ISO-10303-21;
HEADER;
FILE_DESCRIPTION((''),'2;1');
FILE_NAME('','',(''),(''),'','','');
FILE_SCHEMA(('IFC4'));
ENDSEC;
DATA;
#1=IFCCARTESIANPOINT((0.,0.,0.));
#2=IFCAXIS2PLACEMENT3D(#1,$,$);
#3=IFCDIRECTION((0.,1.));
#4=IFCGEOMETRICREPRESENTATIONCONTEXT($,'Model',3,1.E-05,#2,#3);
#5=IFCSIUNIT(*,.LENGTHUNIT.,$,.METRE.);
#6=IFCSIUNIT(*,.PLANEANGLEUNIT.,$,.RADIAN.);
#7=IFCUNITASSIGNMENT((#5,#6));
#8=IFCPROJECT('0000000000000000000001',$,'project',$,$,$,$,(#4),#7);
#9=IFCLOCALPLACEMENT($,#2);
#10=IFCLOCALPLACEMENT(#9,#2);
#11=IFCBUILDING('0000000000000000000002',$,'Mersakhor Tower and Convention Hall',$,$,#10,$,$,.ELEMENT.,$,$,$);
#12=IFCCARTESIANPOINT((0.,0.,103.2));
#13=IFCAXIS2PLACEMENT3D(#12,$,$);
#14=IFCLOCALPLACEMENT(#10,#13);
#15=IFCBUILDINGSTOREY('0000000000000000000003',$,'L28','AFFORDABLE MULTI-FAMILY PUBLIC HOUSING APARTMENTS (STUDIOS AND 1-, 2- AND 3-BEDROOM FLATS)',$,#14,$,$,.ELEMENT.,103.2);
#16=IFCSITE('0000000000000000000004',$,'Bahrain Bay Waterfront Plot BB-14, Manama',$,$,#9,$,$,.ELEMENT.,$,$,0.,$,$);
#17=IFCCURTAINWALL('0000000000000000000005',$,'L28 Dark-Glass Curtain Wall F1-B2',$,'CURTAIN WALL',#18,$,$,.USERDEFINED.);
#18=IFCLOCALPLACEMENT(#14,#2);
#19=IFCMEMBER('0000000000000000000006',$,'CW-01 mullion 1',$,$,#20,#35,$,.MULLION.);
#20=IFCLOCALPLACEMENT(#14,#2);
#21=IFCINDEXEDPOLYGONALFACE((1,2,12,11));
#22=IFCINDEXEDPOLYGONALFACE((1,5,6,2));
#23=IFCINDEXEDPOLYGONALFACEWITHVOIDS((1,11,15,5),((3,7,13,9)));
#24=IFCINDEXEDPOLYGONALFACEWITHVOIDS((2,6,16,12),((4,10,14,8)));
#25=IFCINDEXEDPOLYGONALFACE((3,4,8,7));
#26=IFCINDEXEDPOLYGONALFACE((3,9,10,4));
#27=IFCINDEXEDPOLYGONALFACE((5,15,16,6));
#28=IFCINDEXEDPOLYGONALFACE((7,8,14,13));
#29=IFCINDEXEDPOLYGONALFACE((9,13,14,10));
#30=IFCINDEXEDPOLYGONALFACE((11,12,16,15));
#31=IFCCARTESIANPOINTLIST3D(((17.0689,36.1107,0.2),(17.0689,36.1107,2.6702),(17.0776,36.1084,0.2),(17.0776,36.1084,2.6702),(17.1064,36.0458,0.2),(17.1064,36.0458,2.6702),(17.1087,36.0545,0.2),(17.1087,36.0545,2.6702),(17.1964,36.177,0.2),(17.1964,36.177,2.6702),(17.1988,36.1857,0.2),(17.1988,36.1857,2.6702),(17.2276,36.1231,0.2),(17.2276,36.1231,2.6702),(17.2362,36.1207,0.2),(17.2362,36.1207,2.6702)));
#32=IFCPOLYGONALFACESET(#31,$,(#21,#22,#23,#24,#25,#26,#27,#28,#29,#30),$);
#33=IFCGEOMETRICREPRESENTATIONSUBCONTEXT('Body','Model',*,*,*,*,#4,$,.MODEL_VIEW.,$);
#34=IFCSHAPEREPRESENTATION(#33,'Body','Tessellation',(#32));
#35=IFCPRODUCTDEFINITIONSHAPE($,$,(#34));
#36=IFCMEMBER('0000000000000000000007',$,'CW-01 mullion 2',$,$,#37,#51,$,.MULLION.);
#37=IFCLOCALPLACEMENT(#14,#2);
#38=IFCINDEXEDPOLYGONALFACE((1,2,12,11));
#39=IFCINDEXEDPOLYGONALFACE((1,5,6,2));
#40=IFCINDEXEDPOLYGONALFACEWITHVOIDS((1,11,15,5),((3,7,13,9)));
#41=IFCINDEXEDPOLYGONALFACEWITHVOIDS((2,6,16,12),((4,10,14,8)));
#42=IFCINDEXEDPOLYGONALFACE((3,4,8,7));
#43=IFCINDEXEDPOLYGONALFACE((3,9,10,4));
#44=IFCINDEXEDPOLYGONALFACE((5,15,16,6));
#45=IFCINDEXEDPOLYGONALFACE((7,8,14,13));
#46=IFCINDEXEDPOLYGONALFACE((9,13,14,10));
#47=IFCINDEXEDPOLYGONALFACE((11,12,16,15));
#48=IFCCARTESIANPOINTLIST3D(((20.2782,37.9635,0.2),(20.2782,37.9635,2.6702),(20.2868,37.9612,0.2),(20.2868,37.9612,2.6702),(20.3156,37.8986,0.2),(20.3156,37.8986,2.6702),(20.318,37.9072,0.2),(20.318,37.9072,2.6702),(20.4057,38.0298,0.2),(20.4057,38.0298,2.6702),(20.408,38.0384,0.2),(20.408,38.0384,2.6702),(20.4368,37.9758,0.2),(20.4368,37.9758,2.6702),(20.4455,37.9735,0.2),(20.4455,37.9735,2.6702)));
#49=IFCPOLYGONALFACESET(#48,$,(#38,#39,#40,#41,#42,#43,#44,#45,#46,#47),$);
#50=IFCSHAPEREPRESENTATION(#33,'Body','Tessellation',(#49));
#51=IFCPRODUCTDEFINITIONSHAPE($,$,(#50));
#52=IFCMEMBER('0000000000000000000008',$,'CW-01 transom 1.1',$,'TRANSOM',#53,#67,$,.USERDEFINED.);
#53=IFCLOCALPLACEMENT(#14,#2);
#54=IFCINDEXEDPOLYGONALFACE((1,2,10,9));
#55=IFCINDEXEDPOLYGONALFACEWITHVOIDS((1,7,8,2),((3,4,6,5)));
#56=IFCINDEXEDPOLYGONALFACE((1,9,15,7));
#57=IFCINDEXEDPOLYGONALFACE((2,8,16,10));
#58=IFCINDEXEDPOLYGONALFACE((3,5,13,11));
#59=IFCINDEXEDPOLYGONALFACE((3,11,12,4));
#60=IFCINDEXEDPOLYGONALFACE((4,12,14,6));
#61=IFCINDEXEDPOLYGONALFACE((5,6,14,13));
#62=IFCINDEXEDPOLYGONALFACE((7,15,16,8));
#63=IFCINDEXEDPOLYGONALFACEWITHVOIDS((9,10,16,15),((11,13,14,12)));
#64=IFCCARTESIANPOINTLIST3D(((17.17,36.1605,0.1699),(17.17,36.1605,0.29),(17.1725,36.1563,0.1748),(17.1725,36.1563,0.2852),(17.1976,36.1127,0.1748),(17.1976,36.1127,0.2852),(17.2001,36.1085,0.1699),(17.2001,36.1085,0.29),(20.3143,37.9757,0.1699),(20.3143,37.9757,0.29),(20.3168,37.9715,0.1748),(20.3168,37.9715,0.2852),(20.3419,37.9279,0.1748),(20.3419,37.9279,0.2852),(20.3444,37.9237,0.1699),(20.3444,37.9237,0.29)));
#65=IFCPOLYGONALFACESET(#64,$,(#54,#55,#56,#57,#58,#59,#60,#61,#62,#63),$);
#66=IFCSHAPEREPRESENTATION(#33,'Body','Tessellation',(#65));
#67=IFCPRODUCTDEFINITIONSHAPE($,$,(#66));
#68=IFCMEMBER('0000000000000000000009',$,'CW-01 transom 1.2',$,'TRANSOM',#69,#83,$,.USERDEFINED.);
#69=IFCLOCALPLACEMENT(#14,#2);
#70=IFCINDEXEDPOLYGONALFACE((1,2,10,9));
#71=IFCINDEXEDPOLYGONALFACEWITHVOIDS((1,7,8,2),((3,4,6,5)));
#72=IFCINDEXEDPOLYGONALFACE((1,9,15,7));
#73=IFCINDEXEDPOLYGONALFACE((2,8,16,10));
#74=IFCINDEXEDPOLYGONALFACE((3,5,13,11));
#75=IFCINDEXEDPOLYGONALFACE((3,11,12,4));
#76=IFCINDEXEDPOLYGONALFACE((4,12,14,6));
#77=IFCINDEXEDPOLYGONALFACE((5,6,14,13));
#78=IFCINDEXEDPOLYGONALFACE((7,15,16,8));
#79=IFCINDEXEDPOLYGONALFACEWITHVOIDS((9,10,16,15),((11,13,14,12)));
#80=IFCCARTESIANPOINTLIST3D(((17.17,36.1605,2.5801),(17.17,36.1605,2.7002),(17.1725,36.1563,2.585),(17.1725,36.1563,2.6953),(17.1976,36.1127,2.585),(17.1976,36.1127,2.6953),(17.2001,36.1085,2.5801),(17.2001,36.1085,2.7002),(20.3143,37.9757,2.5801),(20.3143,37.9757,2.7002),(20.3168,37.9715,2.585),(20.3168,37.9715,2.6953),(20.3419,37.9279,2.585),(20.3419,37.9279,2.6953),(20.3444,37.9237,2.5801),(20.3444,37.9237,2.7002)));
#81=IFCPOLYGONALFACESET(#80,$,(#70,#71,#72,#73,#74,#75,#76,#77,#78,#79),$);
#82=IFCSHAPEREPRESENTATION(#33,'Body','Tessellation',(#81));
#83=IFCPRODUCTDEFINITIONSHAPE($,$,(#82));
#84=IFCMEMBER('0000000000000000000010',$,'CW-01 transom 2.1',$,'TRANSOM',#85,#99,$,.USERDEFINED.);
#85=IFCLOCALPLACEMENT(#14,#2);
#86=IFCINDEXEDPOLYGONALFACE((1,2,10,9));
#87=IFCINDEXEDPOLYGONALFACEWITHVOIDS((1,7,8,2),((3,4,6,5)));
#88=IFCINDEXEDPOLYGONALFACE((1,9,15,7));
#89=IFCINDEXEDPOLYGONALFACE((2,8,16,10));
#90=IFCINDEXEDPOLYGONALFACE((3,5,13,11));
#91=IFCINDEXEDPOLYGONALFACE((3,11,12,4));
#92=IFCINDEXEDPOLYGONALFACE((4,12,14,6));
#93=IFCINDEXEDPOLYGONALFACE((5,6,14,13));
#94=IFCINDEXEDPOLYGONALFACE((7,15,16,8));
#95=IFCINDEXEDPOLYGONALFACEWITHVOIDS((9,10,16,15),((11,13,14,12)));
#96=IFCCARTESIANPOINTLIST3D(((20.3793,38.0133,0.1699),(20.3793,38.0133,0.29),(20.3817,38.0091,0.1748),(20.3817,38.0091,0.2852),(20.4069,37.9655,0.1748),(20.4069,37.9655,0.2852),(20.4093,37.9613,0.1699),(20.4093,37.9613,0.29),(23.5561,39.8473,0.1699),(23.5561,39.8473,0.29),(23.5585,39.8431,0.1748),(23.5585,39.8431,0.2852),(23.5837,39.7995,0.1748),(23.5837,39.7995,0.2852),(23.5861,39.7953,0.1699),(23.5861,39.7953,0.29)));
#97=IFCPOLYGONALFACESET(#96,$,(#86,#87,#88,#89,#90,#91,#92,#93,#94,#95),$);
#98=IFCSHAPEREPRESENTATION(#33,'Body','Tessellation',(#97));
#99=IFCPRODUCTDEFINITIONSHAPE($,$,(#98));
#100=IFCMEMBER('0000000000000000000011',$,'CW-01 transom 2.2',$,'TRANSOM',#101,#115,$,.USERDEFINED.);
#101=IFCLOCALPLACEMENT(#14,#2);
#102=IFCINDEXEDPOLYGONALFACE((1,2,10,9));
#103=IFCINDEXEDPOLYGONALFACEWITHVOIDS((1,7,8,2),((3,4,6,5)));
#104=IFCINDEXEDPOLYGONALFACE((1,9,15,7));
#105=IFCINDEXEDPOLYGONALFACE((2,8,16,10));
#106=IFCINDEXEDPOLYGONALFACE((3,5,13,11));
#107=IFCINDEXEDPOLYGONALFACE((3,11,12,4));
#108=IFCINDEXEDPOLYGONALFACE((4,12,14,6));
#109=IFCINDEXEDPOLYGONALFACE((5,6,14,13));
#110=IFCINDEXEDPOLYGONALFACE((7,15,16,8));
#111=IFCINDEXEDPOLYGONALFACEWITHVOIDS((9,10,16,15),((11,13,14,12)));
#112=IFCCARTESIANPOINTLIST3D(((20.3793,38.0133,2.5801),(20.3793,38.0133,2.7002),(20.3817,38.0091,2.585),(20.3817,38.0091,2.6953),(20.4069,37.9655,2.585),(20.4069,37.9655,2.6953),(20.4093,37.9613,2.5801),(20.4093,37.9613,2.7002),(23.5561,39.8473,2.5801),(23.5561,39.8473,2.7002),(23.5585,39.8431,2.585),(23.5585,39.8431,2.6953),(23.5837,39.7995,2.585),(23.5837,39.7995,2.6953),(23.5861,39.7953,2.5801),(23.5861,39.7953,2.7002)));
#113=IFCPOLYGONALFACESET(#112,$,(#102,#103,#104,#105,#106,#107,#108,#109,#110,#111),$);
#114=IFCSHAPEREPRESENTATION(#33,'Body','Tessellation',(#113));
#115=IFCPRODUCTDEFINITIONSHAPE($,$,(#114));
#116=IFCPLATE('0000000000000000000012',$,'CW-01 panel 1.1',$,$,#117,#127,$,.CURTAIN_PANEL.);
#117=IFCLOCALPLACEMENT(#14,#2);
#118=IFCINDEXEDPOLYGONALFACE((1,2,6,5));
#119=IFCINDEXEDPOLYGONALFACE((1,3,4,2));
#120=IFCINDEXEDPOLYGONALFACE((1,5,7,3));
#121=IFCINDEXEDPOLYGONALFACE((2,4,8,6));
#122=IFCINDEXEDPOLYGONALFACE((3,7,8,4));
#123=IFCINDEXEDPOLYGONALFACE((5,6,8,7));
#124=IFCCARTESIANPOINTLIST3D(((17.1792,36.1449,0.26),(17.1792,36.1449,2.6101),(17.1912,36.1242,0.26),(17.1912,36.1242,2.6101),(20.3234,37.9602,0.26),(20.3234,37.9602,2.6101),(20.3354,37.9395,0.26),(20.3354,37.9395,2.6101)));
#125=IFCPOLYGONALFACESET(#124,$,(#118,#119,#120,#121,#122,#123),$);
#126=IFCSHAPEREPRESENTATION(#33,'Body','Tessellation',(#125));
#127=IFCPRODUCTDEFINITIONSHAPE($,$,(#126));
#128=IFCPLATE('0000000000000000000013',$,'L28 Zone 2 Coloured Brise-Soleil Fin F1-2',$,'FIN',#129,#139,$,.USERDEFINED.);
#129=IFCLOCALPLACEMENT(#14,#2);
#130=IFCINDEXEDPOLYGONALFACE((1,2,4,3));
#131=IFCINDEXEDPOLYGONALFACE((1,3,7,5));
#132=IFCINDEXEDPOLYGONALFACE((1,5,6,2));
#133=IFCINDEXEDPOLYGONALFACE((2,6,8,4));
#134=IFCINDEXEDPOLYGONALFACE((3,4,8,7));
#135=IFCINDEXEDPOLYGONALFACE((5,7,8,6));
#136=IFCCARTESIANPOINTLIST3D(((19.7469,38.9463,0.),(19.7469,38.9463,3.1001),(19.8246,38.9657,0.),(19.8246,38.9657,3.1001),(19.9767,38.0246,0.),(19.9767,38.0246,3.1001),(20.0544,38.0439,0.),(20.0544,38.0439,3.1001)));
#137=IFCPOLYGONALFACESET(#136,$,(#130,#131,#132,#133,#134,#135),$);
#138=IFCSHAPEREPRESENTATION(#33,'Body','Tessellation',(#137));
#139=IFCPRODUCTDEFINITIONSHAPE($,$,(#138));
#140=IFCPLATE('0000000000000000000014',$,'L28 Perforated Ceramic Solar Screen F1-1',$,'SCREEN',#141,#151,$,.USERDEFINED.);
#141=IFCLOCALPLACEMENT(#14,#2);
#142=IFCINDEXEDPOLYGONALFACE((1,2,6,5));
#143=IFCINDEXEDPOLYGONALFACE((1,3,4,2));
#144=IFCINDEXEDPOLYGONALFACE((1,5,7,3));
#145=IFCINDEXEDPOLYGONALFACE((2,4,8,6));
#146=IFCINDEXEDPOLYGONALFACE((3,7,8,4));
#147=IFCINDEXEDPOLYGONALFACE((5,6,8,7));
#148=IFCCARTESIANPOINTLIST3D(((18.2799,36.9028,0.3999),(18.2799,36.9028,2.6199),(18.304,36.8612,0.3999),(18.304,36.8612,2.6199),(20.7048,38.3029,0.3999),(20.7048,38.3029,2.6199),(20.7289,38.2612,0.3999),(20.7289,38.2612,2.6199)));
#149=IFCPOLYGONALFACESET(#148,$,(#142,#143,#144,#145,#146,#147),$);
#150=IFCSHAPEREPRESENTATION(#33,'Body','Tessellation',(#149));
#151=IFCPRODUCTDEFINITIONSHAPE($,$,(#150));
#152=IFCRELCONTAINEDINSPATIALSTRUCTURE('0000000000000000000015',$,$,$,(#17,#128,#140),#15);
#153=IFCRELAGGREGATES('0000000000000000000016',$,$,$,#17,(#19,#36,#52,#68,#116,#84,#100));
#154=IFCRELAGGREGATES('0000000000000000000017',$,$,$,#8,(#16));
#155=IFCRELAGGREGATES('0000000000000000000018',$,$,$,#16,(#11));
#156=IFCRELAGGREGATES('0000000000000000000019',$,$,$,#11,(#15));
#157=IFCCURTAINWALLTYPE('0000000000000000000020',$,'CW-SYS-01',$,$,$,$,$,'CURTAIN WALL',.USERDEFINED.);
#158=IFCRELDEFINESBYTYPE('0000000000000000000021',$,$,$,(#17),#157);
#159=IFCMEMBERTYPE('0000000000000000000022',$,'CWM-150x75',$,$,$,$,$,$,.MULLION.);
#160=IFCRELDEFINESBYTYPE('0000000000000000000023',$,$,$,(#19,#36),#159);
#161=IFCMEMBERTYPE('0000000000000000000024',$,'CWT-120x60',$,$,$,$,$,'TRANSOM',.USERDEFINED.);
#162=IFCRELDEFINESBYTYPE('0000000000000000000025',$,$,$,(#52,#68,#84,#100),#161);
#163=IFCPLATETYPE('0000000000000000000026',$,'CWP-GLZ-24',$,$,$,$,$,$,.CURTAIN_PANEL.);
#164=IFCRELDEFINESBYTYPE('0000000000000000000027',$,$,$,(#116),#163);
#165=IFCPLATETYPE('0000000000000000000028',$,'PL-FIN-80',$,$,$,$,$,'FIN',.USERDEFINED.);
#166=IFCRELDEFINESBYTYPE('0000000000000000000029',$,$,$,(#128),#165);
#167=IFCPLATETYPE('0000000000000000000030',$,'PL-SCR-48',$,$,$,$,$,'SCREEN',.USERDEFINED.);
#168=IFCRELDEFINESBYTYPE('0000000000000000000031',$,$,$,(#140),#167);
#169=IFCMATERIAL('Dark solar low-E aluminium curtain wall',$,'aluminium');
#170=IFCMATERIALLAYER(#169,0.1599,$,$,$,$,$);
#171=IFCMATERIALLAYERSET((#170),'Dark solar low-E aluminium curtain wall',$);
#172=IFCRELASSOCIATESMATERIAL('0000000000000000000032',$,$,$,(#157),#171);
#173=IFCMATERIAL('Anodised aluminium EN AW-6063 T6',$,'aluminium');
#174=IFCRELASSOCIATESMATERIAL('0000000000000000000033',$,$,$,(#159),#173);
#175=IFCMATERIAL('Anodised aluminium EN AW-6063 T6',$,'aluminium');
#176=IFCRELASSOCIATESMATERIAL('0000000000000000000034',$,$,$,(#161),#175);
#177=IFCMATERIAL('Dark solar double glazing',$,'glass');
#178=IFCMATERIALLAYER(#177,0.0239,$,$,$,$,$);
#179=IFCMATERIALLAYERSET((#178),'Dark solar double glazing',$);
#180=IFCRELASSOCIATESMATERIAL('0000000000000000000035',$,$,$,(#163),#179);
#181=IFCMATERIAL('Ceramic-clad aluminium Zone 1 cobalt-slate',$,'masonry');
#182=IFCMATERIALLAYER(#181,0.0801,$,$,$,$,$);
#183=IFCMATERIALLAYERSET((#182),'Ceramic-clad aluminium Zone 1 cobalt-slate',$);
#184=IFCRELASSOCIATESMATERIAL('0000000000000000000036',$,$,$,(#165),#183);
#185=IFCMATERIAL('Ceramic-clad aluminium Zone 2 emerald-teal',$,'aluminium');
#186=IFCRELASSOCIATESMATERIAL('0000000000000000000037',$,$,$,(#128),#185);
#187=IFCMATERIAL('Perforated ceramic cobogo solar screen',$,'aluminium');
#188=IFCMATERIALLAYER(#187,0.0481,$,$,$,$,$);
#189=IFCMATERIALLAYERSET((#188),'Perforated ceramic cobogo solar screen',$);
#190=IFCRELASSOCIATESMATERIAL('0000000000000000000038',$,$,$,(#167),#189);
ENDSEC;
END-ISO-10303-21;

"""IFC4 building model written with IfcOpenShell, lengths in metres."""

from ifc_helpers import new_model, si_unit, direction, frame, origin, origin_2d, place, context, subcontext, project, spatial, rectangle, hollow_rectangle, extrude, material, layer, layer_set, material_profile, profile_set, type_object, element, aggregate, save


model = new_model("IFC4")

# Units and contexts
model_context = context("Model", 3, precision=1e-05, world=origin(), true_north=direction((0.0, 1.0)))
body_context = subcontext(model_context, "Body", "Model", "MODEL_VIEW")
ifc_project = project(units=[si_unit("LENGTHUNIT", "METRE"), si_unit("PLANEANGLEUNIT", "RADIAN")], contexts=[model_context])

# Site, building, storey
site_placement = place(None, origin())
site = spatial("IfcSite", under=ifc_project, at=site_placement, Name="Bahrain Bay Waterfront Plot BB-14, Manama", CompositionType="ELEMENT", RefElevation=0.0)
building_placement = place(site_placement, origin())
building = spatial("IfcBuilding", under=site, at=building_placement, Name="Mersakhor Tower and Convention Hall", CompositionType="ELEMENT")
storey_placement = place(building_placement, frame((0.0, 0.0, 103.2)))
storey = spatial("IfcBuildingStorey", under=building, at=storey_placement, Name="L28", Description="AFFORDABLE MULTI-FAMILY PUBLIC HOUSING APARTMENTS (STUDIOS AND 1-, 2- AND 3-BEDROOM FLATS)", CompositionType="ELEMENT", Elevation=103.2)

# Curtain wall, members, plate
ifc_material_1 = material(Name="Dark solar low-E aluminium curtain wall", Category="aluminium")
ifc_layer_1 = layer(ifc_material_1, 0.1599)
ifc_layer_set_1 = layer_set([ifc_layer_1], Name="Dark solar low-E aluminium curtain wall")
curtain_wall_type = type_object("IfcCurtainWallType", Name="CW-SYS-01", ElementType="CURTAIN WALL", PredefinedType="USERDEFINED", material=ifc_layer_set_1)
curtain_wall_placement = place(storey_placement, origin())
curtain_wall = element("IfcCurtainWall", 1, at=curtain_wall_placement, inside=storey, type_object=curtain_wall_type, Name="L28 Dark-Glass Curtain Wall F1-B2", ObjectType="CURTAIN WALL", PredefinedType="USERDEFINED")
ifc_material_2 = material(Name="Anodised aluminium EN AW-6063 T6", Category="aluminium")
ifc_material_profile_1 = material_profile(ifc_material_2, hollow_rectangle(XDim=0.075, YDim=0.1499, WallThickness=0.0063, at=origin_2d()), Name="RHS 150x75x6.3")
ifc_profile_set_1 = profile_set([ifc_material_profile_1], Name="Anodised aluminium EN AW-6063 T6")
member_type_1 = type_object("IfcMemberType", Name="CWM-150x75", PredefinedType="MULLION", material=ifc_profile_set_1)
member_1_placement = place(storey_placement, frame((17.1526, 36.1157, 0.2), z_axis=(0.0, 0.0, 1.0), x_axis=(-0.499998, 0.866027, 0.0)))
member_1 = element("IfcMember", 2, at=member_1_placement, type_object=member_type_1, Name="CW-01 mullion 1", PredefinedType="MULLION", context=body_context, shape_type="SweptSolid", body=[
    extrude(hollow_rectangle(XDim=0.075, YDim=0.1499, WallThickness=0.0063, at=origin_2d()), origin(), (0.0, 0.0, 1.0), 2.4702),
])
member_2_placement = place(storey_placement, frame((20.3618, 37.9685, 0.2), z_axis=(0.0, 0.0, 1.0), x_axis=(-0.499998, 0.866027, 0.0)))
member_2 = element("IfcMember", 3, at=member_2_placement, type_object=member_type_1, Name="CW-01 mullion 2", PredefinedType="MULLION", context=body_context, shape_type="SweptSolid", body=[
    extrude(hollow_rectangle(XDim=0.075, YDim=0.1499, WallThickness=0.0063, at=origin_2d()), origin(), (0.0, 0.0, 1.0), 2.4702),
])
ifc_material_3 = material(Name="Anodised aluminium EN AW-6063 T6", Category="aluminium")
ifc_material_profile_2 = material_profile(ifc_material_3, hollow_rectangle(XDim=0.0601, YDim=0.1201, WallThickness=0.0049, at=origin_2d()), Name="RHS 120x60x5")
ifc_profile_set_2 = profile_set([ifc_material_profile_2], Name="Anodised aluminium EN AW-6063 T6")
member_type_2 = type_object("IfcMemberType", Name="CWT-120x60", ElementType="TRANSOM", PredefinedType="USERDEFINED", material=ifc_profile_set_2)
member_3_placement = place(storey_placement, frame((17.1851, 36.1345, 0.23), z_axis=(0.866046, 0.499965, 0.0), x_axis=(-0.499965, 0.866046, 0.0)))
member_3 = element("IfcMember", 4, at=member_3_placement, type_object=member_type_2, Name="CW-01 transom 1.1", ObjectType="TRANSOM", PredefinedType="USERDEFINED", context=body_context, shape_type="SweptSolid", body=[
    extrude(hollow_rectangle(XDim=0.0601, YDim=0.1201, WallThickness=0.0049, at=origin_2d()), origin(), (0.0, 0.0, 1.0), 3.6306),
])
member_4_placement = place(storey_placement, frame((17.1851, 36.1345, 2.6401), z_axis=(0.866046, 0.499965, 0.0), x_axis=(-0.499965, 0.866046, 0.0)))
member_4 = element("IfcMember", 5, at=member_4_placement, type_object=member_type_2, Name="CW-01 transom 1.2", ObjectType="TRANSOM", PredefinedType="USERDEFINED", context=body_context, shape_type="SweptSolid", body=[
    extrude(hollow_rectangle(XDim=0.0601, YDim=0.1201, WallThickness=0.0049, at=origin_2d()), origin(), (0.0, 0.0, 1.0), 3.6306),
])
member_5_placement = place(storey_placement, frame((20.3943, 37.9873, 0.23), z_axis=(0.866039, 0.499976, 0.0), x_axis=(-0.499976, 0.866039, 0.0)))
member_5 = element("IfcMember", 6, at=member_5_placement, type_object=member_type_2, Name="CW-01 transom 2.1", ObjectType="TRANSOM", PredefinedType="USERDEFINED", context=body_context, shape_type="SweptSolid", body=[
    extrude(hollow_rectangle(XDim=0.0601, YDim=0.1201, WallThickness=0.0049, at=origin_2d()), origin(), (0.0, 0.0, 1.0), 3.6682),
])
member_6_placement = place(storey_placement, frame((20.3943, 37.9873, 2.6401), z_axis=(0.866039, 0.499976, 0.0), x_axis=(-0.499976, 0.866039, 0.0)))
member_6 = element("IfcMember", 7, at=member_6_placement, type_object=member_type_2, Name="CW-01 transom 2.2", ObjectType="TRANSOM", PredefinedType="USERDEFINED", context=body_context, shape_type="SweptSolid", body=[
    extrude(hollow_rectangle(XDim=0.0601, YDim=0.1201, WallThickness=0.0049, at=origin_2d()), origin(), (0.0, 0.0, 1.0), 3.6682),
])
ifc_material_4 = material(Name="Dark solar double glazing", Category="glass")
ifc_layer_2 = layer(ifc_material_4, 0.0239)
ifc_layer_set_2 = layer_set([ifc_layer_2], Name="Dark solar double glazing")
plate_type_1 = type_object("IfcPlateType", Name="CWP-GLZ-24", PredefinedType="CURTAIN_PANEL", material=ifc_layer_set_2)
plate_1_placement = place(storey_placement, frame((18.7573, 37.0422, 0.26), z_axis=(0.0, 0.0, 1.0), x_axis=(0.866027, 0.499998, 0.0)))
plate_1 = element("IfcPlate", 8, at=plate_1_placement, type_object=plate_type_1, Name="CW-01 panel 1.1", PredefinedType="CURTAIN_PANEL", context=body_context, shape_type="SweptSolid", body=[
    extrude(rectangle(XDim=3.6306, YDim=0.0239, at=origin_2d()), origin(), (0.0, 0.0, 1.0), 2.3501),
])
aggregate(curtain_wall, [member_1, member_2, member_3, member_4, plate_1, member_5, member_6])

# Plates
ifc_material_5 = material(Name="Ceramic-clad aluminium Zone 2 emerald-teal", Category="aluminium")
ifc_material_6 = material(Name="Ceramic-clad aluminium Zone 1 cobalt-slate", Category="masonry")
ifc_layer_3 = layer(ifc_material_6, 0.0801)
ifc_layer_set_3 = layer_set([ifc_layer_3], Name="Ceramic-clad aluminium Zone 1 cobalt-slate")
plate_type_2 = type_object("IfcPlateType", Name="PL-FIN-80", ElementType="FIN", PredefinedType="USERDEFINED", material=ifc_layer_set_3)
plate_2_placement = place(storey_placement, frame((19.9006, 38.4951, 0.0), z_axis=(0.0, 0.0, 1.0), x_axis=(-0.241922, 0.970296, 0.0)))
element("IfcPlate", 9, at=plate_2_placement, inside=storey, type_object=plate_type_2, material=ifc_material_5, Name="L28 Zone 2 Coloured Brise-Soleil Fin F1-2", ObjectType="FIN", PredefinedType="USERDEFINED", context=body_context, shape_type="SweptSolid", body=[
    extrude(rectangle(XDim=0.95, YDim=0.0801, at=origin_2d()), origin(), (0.0, 0.0, 1.0), 3.1001),
])
ifc_material_7 = material(Name="Perforated ceramic cobogo solar screen", Category="aluminium")
ifc_layer_4 = layer(ifc_material_7, 0.0481)
ifc_layer_set_4 = layer_set([ifc_layer_4], Name="Perforated ceramic cobogo solar screen")
plate_type_3 = type_object("IfcPlateType", Name="PL-SCR-48", ElementType="SCREEN", PredefinedType="USERDEFINED", material=ifc_layer_set_4)
plate_3_placement = place(storey_placement, frame((19.5044, 37.582, 0.3999), z_axis=(0.0, 0.0, 1.0), x_axis=(0.866025, 0.5, 0.0)))
element("IfcPlate", 10, at=plate_3_placement, inside=storey, type_object=plate_type_3, Name="L28 Perforated Ceramic Solar Screen F1-1", ObjectType="SCREEN", PredefinedType="USERDEFINED", context=body_context, shape_type="SweptSolid", body=[
    extrude(rectangle(XDim=2.8, YDim=0.0481, at=origin_2d()), origin(), (0.0, 0.0, 1.0), 2.22),
])

save(model, "model.ifc")
